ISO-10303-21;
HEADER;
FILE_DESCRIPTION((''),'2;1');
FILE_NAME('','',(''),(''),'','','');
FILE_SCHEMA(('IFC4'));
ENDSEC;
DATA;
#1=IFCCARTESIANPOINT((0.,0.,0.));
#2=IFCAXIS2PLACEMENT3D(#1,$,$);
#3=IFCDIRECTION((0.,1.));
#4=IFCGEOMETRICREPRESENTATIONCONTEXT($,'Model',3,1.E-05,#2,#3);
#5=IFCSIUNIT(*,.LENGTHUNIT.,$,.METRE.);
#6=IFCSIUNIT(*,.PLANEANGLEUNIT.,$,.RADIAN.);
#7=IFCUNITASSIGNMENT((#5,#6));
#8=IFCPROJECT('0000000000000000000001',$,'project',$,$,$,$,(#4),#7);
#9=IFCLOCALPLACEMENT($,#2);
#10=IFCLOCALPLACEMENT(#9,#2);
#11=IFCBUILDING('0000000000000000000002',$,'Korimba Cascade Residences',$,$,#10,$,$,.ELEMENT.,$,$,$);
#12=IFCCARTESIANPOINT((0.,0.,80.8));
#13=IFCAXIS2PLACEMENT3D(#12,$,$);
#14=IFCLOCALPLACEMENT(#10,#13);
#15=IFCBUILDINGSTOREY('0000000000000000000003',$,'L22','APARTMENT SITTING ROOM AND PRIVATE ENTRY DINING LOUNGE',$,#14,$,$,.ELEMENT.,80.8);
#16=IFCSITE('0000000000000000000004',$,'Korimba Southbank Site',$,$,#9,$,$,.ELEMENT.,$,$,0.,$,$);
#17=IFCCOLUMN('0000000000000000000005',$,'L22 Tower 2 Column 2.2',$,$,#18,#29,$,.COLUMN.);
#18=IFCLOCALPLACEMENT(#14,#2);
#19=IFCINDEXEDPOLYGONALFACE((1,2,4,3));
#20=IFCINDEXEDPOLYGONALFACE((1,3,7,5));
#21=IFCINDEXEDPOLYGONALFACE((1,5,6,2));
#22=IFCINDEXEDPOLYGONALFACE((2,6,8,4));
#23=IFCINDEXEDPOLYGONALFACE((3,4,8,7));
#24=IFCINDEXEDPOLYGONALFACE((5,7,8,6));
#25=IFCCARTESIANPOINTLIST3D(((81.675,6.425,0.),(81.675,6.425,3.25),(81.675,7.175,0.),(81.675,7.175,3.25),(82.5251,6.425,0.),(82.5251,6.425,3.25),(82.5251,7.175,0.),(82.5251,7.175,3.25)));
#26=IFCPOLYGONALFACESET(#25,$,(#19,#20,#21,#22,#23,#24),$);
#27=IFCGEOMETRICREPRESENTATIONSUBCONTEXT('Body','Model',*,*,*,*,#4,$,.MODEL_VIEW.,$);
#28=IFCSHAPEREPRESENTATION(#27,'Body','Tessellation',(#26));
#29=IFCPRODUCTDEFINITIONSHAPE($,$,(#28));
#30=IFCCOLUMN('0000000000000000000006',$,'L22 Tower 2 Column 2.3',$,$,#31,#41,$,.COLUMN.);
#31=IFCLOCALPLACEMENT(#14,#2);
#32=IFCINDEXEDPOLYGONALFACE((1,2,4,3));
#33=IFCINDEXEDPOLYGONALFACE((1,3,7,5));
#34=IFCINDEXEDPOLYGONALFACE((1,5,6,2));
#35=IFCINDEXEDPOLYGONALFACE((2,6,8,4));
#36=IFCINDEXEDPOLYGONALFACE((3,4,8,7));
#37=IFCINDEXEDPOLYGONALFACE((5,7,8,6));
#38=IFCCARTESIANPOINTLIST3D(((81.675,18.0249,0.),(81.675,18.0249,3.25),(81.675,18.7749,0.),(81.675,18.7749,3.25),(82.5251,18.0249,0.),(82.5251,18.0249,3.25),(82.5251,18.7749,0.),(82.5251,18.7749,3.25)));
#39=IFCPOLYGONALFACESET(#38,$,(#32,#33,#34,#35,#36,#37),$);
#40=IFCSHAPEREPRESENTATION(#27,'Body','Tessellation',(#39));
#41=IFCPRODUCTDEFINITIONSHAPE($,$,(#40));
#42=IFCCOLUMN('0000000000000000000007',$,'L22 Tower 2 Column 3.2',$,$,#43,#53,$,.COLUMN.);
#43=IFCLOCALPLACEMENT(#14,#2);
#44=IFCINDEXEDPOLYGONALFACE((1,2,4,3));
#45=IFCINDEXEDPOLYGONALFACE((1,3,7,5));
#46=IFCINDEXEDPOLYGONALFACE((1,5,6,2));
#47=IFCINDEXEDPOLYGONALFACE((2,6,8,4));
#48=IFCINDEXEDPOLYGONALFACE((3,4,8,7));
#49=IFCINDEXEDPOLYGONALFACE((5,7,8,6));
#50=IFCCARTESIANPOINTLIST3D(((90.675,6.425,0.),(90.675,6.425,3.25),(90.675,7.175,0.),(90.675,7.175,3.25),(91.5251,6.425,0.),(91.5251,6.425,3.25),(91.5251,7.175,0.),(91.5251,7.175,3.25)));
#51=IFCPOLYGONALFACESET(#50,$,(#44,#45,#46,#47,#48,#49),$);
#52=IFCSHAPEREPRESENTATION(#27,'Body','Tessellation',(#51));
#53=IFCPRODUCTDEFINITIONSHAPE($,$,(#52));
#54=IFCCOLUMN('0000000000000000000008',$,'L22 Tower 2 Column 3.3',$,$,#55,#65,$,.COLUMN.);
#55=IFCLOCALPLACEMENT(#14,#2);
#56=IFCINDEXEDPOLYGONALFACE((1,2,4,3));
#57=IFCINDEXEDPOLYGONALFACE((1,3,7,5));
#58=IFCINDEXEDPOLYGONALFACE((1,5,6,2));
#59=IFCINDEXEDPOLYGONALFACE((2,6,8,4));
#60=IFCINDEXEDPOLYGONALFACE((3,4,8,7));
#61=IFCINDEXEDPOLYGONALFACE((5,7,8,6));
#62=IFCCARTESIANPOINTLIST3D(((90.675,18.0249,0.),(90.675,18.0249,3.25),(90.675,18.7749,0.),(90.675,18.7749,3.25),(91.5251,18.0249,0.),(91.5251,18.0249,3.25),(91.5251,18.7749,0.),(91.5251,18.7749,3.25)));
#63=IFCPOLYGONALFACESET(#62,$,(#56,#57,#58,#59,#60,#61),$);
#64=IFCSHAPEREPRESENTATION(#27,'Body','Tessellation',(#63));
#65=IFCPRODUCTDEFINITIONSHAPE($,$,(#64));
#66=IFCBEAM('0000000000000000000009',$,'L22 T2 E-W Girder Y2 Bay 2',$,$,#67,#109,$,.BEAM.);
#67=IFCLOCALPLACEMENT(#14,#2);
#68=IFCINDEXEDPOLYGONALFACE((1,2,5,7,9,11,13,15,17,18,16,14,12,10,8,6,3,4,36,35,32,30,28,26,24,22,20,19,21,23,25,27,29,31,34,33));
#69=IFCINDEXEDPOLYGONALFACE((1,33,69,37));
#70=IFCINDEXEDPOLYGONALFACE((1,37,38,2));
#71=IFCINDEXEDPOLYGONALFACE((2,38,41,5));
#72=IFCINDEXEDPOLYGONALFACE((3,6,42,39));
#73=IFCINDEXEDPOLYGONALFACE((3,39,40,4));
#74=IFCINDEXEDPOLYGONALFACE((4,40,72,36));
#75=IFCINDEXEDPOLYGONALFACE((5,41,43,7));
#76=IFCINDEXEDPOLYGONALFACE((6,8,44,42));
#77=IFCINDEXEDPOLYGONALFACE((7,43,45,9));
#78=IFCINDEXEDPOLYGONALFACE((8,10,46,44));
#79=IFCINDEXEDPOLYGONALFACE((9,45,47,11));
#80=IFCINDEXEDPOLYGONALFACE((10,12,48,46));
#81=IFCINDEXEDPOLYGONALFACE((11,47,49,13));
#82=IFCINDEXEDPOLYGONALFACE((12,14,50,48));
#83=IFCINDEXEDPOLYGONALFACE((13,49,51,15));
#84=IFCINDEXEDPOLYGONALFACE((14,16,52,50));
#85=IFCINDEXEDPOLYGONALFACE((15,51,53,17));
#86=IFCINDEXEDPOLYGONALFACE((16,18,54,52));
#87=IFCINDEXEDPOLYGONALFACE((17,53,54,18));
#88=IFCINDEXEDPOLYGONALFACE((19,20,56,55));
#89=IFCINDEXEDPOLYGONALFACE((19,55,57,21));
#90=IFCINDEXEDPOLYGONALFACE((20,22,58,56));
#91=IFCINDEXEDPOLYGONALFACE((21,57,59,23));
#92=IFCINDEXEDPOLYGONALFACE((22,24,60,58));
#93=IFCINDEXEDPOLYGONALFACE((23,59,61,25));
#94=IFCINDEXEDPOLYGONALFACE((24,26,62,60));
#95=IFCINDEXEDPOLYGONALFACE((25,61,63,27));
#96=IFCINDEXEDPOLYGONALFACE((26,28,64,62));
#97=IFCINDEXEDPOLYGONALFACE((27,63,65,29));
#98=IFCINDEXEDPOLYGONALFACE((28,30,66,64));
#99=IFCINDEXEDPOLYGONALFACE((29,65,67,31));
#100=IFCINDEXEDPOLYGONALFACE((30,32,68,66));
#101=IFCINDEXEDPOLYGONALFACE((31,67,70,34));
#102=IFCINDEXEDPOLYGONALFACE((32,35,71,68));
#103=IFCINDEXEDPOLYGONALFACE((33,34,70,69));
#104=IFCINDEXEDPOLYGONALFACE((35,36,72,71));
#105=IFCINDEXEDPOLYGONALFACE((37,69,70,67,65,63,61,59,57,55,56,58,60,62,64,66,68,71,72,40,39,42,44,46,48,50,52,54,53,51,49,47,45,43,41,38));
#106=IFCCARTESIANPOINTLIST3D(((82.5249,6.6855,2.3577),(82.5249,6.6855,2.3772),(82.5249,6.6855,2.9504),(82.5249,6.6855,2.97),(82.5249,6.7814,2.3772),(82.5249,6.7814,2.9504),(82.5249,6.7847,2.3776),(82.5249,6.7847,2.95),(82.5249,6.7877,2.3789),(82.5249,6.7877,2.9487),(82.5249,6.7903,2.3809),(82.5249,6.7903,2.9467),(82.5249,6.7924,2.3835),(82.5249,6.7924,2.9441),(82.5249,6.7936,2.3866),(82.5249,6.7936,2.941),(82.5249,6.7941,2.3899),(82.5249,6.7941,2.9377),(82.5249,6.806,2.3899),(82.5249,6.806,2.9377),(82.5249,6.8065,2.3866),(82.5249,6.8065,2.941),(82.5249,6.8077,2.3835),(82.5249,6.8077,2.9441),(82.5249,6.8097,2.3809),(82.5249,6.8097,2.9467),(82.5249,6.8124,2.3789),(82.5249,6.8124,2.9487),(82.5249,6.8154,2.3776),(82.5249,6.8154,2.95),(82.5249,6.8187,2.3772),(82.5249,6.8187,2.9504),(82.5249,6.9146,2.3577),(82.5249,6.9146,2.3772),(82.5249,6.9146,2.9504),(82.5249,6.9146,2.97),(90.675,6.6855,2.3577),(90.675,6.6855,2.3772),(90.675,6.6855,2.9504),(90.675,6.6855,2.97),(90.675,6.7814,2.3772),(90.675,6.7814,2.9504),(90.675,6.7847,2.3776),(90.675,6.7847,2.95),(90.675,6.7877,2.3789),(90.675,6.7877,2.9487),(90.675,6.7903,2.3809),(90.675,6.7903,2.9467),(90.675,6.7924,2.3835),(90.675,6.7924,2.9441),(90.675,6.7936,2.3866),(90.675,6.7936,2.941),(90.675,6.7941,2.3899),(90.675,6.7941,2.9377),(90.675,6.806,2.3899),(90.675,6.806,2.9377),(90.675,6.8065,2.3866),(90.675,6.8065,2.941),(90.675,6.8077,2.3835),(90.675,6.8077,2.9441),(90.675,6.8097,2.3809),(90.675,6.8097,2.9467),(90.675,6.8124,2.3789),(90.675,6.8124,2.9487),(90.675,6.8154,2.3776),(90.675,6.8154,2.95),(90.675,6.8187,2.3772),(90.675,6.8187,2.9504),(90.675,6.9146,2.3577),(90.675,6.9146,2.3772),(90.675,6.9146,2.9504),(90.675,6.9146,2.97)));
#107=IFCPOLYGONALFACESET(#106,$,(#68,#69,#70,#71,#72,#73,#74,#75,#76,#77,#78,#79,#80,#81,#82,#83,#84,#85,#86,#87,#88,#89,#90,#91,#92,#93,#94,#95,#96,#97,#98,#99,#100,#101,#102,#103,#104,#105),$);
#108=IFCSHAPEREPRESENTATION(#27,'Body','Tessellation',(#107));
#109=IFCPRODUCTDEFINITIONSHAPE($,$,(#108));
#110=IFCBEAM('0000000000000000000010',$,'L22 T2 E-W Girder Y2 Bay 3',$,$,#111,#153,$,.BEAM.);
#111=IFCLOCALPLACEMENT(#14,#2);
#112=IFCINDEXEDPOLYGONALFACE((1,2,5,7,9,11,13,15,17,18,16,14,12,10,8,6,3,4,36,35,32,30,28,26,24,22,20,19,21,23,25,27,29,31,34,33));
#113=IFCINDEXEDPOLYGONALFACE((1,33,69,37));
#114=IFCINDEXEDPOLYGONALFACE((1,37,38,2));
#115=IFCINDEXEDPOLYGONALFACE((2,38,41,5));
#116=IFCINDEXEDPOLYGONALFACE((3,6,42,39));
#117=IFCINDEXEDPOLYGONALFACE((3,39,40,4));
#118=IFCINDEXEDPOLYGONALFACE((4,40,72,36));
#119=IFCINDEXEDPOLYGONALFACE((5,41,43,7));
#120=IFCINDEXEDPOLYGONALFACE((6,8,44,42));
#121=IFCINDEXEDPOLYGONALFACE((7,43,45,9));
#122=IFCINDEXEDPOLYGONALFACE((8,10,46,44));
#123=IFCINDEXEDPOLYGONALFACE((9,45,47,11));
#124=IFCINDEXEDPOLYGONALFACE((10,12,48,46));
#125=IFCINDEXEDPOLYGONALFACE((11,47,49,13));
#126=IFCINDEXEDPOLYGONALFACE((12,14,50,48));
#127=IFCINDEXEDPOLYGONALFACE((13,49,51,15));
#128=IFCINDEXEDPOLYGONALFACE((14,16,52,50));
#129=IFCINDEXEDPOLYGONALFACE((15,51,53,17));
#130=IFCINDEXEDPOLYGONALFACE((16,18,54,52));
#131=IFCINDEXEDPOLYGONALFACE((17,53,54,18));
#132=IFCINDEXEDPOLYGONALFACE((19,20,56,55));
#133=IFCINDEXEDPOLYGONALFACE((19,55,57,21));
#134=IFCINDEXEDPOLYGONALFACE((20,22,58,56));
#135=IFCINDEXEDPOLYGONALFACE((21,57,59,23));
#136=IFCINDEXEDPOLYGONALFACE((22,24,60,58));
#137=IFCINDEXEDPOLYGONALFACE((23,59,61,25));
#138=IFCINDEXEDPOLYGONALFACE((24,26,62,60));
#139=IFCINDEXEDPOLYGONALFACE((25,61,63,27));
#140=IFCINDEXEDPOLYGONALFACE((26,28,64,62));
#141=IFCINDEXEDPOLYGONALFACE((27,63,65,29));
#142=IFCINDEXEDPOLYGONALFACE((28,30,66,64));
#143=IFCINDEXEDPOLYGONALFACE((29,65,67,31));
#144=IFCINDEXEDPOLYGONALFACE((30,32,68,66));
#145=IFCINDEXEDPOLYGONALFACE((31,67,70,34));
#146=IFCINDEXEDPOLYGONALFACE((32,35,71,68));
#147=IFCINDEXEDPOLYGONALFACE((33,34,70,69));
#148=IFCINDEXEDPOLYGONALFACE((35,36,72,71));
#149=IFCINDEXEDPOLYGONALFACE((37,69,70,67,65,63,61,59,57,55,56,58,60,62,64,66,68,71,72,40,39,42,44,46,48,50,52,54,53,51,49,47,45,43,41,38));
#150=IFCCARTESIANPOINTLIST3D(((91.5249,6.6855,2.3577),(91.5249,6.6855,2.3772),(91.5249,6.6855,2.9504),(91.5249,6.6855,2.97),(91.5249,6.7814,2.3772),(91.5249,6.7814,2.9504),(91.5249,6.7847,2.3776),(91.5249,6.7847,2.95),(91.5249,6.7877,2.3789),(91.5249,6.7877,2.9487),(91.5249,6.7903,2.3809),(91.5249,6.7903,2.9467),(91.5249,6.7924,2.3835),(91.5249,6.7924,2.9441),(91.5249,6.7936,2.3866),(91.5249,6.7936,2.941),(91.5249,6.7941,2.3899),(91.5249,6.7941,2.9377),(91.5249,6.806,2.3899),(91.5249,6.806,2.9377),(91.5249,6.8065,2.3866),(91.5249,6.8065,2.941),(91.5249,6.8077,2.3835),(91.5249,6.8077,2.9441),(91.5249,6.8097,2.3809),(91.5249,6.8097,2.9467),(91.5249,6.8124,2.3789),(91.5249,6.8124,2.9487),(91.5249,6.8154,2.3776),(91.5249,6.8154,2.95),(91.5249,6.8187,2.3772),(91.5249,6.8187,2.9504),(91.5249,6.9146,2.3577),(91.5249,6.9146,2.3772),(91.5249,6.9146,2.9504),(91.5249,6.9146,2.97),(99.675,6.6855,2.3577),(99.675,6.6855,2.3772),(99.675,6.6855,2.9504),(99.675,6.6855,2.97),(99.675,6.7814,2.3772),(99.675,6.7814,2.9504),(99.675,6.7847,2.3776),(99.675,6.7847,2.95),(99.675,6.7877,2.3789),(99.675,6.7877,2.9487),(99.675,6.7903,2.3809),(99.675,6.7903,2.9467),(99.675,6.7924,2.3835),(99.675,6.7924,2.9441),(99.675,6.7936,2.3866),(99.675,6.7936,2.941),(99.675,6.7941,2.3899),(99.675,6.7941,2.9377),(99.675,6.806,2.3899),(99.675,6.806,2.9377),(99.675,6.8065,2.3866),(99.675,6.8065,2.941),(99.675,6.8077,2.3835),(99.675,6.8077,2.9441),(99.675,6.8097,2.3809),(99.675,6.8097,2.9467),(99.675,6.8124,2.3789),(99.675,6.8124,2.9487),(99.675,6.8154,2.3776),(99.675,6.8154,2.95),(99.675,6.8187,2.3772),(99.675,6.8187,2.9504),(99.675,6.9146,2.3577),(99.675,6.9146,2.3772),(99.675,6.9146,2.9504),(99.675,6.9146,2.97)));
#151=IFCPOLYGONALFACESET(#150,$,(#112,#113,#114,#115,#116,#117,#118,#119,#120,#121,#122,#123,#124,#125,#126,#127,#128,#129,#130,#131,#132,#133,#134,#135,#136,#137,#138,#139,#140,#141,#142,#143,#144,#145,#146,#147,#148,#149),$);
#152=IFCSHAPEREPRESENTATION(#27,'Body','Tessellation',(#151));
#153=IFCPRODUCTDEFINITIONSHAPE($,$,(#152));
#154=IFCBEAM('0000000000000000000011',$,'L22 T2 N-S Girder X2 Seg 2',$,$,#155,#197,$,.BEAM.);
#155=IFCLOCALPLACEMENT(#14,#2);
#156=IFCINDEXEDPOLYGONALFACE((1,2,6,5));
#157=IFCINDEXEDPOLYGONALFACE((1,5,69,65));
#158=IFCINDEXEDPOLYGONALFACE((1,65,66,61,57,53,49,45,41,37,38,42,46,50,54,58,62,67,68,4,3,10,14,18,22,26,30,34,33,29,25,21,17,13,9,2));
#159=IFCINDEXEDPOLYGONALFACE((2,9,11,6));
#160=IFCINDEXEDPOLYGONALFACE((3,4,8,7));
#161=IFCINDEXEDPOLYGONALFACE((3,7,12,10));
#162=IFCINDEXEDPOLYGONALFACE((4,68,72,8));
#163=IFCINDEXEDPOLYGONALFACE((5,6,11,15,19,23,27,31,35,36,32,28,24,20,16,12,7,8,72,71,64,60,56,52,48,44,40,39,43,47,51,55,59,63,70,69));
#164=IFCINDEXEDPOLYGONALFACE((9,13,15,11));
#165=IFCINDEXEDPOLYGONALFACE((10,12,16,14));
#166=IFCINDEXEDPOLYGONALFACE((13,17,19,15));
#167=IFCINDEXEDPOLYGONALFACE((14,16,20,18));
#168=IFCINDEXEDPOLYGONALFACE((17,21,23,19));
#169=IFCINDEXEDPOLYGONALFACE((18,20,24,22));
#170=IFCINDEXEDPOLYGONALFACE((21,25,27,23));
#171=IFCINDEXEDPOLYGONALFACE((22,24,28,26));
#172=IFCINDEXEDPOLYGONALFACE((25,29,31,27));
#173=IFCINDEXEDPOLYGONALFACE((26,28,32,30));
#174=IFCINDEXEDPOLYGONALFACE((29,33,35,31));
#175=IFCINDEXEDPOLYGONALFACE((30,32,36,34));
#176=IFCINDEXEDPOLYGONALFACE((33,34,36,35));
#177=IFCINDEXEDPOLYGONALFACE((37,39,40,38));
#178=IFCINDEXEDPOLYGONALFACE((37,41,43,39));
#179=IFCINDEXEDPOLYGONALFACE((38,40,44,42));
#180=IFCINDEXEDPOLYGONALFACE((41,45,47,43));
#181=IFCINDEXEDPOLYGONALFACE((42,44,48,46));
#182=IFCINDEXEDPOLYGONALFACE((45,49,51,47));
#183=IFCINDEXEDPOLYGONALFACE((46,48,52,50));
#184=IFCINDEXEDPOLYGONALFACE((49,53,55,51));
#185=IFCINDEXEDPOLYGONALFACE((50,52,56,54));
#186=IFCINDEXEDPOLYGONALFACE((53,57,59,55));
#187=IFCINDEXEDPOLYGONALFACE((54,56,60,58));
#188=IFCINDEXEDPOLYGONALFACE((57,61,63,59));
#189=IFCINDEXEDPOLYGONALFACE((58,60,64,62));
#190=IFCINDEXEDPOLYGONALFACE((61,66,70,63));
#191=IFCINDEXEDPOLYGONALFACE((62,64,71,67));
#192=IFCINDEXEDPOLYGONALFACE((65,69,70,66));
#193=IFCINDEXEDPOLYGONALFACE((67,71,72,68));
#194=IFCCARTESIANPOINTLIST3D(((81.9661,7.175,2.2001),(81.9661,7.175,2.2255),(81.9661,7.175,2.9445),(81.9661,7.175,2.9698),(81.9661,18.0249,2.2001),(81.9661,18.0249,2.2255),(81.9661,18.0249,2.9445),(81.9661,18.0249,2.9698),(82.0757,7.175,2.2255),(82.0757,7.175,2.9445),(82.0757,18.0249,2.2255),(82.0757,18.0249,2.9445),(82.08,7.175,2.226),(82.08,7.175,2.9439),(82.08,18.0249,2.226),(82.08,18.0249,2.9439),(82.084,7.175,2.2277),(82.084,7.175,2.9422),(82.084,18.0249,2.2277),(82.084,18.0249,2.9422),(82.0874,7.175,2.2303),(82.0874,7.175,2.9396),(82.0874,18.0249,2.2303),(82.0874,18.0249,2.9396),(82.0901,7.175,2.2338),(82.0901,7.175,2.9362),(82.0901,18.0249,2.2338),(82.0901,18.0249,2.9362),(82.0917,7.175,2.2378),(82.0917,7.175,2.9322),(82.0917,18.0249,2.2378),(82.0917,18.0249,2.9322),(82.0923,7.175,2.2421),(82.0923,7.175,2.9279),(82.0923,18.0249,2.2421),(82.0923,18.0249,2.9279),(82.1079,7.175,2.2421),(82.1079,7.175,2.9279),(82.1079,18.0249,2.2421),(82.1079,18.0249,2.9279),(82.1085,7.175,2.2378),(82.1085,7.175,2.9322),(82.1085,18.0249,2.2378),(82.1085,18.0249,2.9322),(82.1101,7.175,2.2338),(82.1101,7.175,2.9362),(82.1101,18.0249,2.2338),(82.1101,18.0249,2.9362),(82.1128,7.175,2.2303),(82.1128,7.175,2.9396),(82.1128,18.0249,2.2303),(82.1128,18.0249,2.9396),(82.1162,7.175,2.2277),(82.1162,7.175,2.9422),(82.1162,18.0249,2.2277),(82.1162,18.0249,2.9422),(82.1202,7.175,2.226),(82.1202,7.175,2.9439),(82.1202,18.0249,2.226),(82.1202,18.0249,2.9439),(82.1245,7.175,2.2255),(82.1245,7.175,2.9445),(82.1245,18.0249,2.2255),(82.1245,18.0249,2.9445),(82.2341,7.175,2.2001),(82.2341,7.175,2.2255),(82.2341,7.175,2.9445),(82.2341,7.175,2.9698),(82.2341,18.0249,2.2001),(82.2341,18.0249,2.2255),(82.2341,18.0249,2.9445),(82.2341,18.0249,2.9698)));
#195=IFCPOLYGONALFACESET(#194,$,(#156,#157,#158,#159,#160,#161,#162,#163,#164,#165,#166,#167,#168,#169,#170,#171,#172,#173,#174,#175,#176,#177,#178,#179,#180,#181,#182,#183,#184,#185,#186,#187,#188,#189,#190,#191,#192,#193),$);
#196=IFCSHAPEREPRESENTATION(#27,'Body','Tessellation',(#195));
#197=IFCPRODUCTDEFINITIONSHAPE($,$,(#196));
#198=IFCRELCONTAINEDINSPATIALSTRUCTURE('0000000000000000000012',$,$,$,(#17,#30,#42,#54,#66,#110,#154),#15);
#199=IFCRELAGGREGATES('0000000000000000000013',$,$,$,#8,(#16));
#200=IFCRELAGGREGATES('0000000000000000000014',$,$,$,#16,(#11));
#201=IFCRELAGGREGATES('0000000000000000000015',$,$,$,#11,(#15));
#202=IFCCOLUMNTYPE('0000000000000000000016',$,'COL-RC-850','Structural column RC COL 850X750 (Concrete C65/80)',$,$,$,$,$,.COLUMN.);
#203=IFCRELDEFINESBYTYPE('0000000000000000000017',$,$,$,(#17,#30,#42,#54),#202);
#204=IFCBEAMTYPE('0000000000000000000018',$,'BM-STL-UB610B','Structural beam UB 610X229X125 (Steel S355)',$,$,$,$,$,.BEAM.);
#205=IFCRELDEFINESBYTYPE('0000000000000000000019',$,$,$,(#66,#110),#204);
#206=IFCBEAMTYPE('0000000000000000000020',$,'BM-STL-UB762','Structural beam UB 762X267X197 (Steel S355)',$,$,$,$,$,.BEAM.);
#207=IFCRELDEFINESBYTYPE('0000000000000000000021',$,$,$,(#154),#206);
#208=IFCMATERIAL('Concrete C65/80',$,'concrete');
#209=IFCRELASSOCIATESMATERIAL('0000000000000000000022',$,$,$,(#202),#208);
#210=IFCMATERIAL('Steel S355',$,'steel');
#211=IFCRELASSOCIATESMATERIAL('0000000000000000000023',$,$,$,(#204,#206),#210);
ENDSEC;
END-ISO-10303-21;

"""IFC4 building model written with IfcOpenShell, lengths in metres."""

from ifc_helpers import new_model, si_unit, direction, frame, origin, origin_2d, place, context, subcontext, project, spatial, rectangle, i_section, extrude, material, material_profile, profile_set, type_object, element, save


model = new_model("IFC4")

# Units and contexts
model_context = context("Model", 3, precision=1e-05, world=origin(), true_north=direction((0.0, 1.0)))
body_context = subcontext(model_context, "Body", "Model", "MODEL_VIEW")
ifc_project = project(units=[si_unit("LENGTHUNIT", "METRE"), si_unit("PLANEANGLEUNIT", "RADIAN")], contexts=[model_context])

# Site, building, storey
site_placement = place(None, origin())
site = spatial("IfcSite", under=ifc_project, at=site_placement, Name="Korimba Southbank Site", CompositionType="ELEMENT", RefElevation=0.0)
building_placement = place(site_placement, origin())
building = spatial("IfcBuilding", under=site, at=building_placement, Name="Korimba Cascade Residences", CompositionType="ELEMENT")
storey_placement = place(building_placement, frame((0.0, 0.0, 80.8)))
storey = spatial("IfcBuildingStorey", under=building, at=storey_placement, Name="L22", Description="APARTMENT SITTING ROOM AND PRIVATE ENTRY DINING LOUNGE", CompositionType="ELEMENT", Elevation=80.8)

# Columns
ifc_material_1 = material(Name="Concrete C65/80", Category="concrete")
ifc_material_profile_1 = material_profile(ifc_material_1, rectangle(XDim=0.8501, YDim=0.75, at=origin_2d()), Name="Concrete C65/80")
ifc_profile_set_1 = profile_set([ifc_material_profile_1], Name="Concrete C65/80")
column_type = type_object("IfcColumnType", Name="COL-RC-850", Description="Structural column RC COL 850X750 (Concrete C65/80)", PredefinedType="COLUMN", material=ifc_profile_set_1)
for number, where, z_axis, x_axis, name in (
    (1, (82.1001, 6.8, 0.0), (0.0, 0.0, 1.0), (1.0, 0.0, 0.0), "L22 Tower 2 Column 2.2"),
    (2, (82.1001, 18.3999, 0.0), (0.0, 0.0, 1.0), (1.0, 0.0, 0.0), "L22 Tower 2 Column 2.3"),
    (3, (91.1001, 6.8, 0.0), (0.0, 0.0, 1.0), (1.0, 0.0, 0.0), "L22 Tower 2 Column 3.2"),
    (4, (91.1001, 18.3999, 0.0), (0.0, 0.0, 1.0), (1.0, 0.0, 0.0), "L22 Tower 2 Column 3.3"),
):
    element("IfcColumn", number, at=place(storey_placement, frame(where, z_axis=z_axis, x_axis=x_axis)), inside=storey, type_object=column_type, Name=name, PredefinedType="COLUMN", context=body_context, shape_type="SweptSolid", body=[
        extrude(rectangle(XDim=0.8501, YDim=0.75, at=origin_2d()), origin(), (0.0, 0.0, 1.0), 3.25),
    ])

# Beams
ifc_material_2 = material(Name="Steel S355", Category="steel")
ifc_material_profile_2 = material_profile(ifc_material_2, i_section(OverallWidth=0.229, OverallDepth=0.6123, WebThickness=0.012, FlangeThickness=0.0195, FilletRadius=0.0127, at=origin_2d()), Name="Steel S355")
ifc_profile_set_2 = profile_set([ifc_material_profile_2], Name="Steel S355")
beam_type_1 = type_object("IfcBeamType", Name="BM-STL-UB610B", Description="Structural beam UB 610X229X125 (Steel S355)", PredefinedType="BEAM", material=ifc_profile_set_2)
for number, where, z_axis, x_axis, name in (
    (5, (82.5249, 6.8, 2.6638), (1.0, 0.0, 0.0), (0.0, 1.0, 0.0), "L22 T2 E-W Girder Y2 Bay 2"),
    (6, (91.5249, 6.8, 2.6638), (1.0, 0.0, 0.0), (0.0, 1.0, 0.0), "L22 T2 E-W Girder Y2 Bay 3"),
):
    element("IfcBeam", number, at=place(storey_placement, frame(where, z_axis=z_axis, x_axis=x_axis)), inside=storey, type_object=beam_type_1, Name=name, PredefinedType="BEAM", context=body_context, shape_type="SweptSolid", body=[
        extrude(i_section(OverallWidth=0.229, OverallDepth=0.6123, WebThickness=0.012, FlangeThickness=0.0195, FilletRadius=0.0127, at=origin_2d()), origin(), (0.0, 0.0, 1.0), 8.1501),
    ])
ifc_material_profile_3 = material_profile(ifc_material_2, i_section(OverallWidth=0.2681, OverallDepth=0.7698, WebThickness=0.0156, FlangeThickness=0.0254, FilletRadius=0.0166, at=origin_2d()), Name="Steel S355")
ifc_profile_set_3 = profile_set([ifc_material_profile_3], Name="Steel S355")
beam_type_2 = type_object("IfcBeamType", Name="BM-STL-UB762", Description="Structural beam UB 762X267X197 (Steel S355)", PredefinedType="BEAM", material=ifc_profile_set_3)
for number, where, z_axis, x_axis, name in (
    (7, (82.1001, 7.175, 2.585), (0.0, 1.0, 0.0), (-1.0, 0.0, 0.0), "L22 T2 N-S Girder X2 Seg 2"),
):
    element("IfcBeam", number, at=place(storey_placement, frame(where, z_axis=z_axis, x_axis=x_axis)), inside=storey, type_object=beam_type_2, Name=name, PredefinedType="BEAM", context=body_context, shape_type="SweptSolid", body=[
        extrude(i_section(OverallWidth=0.2681, OverallDepth=0.7698, WebThickness=0.0156, FlangeThickness=0.0254, FilletRadius=0.0166, at=origin_2d()), origin(), (0.0, 0.0, 1.0), 10.8499),
    ])

save(model, "model.ifc")
